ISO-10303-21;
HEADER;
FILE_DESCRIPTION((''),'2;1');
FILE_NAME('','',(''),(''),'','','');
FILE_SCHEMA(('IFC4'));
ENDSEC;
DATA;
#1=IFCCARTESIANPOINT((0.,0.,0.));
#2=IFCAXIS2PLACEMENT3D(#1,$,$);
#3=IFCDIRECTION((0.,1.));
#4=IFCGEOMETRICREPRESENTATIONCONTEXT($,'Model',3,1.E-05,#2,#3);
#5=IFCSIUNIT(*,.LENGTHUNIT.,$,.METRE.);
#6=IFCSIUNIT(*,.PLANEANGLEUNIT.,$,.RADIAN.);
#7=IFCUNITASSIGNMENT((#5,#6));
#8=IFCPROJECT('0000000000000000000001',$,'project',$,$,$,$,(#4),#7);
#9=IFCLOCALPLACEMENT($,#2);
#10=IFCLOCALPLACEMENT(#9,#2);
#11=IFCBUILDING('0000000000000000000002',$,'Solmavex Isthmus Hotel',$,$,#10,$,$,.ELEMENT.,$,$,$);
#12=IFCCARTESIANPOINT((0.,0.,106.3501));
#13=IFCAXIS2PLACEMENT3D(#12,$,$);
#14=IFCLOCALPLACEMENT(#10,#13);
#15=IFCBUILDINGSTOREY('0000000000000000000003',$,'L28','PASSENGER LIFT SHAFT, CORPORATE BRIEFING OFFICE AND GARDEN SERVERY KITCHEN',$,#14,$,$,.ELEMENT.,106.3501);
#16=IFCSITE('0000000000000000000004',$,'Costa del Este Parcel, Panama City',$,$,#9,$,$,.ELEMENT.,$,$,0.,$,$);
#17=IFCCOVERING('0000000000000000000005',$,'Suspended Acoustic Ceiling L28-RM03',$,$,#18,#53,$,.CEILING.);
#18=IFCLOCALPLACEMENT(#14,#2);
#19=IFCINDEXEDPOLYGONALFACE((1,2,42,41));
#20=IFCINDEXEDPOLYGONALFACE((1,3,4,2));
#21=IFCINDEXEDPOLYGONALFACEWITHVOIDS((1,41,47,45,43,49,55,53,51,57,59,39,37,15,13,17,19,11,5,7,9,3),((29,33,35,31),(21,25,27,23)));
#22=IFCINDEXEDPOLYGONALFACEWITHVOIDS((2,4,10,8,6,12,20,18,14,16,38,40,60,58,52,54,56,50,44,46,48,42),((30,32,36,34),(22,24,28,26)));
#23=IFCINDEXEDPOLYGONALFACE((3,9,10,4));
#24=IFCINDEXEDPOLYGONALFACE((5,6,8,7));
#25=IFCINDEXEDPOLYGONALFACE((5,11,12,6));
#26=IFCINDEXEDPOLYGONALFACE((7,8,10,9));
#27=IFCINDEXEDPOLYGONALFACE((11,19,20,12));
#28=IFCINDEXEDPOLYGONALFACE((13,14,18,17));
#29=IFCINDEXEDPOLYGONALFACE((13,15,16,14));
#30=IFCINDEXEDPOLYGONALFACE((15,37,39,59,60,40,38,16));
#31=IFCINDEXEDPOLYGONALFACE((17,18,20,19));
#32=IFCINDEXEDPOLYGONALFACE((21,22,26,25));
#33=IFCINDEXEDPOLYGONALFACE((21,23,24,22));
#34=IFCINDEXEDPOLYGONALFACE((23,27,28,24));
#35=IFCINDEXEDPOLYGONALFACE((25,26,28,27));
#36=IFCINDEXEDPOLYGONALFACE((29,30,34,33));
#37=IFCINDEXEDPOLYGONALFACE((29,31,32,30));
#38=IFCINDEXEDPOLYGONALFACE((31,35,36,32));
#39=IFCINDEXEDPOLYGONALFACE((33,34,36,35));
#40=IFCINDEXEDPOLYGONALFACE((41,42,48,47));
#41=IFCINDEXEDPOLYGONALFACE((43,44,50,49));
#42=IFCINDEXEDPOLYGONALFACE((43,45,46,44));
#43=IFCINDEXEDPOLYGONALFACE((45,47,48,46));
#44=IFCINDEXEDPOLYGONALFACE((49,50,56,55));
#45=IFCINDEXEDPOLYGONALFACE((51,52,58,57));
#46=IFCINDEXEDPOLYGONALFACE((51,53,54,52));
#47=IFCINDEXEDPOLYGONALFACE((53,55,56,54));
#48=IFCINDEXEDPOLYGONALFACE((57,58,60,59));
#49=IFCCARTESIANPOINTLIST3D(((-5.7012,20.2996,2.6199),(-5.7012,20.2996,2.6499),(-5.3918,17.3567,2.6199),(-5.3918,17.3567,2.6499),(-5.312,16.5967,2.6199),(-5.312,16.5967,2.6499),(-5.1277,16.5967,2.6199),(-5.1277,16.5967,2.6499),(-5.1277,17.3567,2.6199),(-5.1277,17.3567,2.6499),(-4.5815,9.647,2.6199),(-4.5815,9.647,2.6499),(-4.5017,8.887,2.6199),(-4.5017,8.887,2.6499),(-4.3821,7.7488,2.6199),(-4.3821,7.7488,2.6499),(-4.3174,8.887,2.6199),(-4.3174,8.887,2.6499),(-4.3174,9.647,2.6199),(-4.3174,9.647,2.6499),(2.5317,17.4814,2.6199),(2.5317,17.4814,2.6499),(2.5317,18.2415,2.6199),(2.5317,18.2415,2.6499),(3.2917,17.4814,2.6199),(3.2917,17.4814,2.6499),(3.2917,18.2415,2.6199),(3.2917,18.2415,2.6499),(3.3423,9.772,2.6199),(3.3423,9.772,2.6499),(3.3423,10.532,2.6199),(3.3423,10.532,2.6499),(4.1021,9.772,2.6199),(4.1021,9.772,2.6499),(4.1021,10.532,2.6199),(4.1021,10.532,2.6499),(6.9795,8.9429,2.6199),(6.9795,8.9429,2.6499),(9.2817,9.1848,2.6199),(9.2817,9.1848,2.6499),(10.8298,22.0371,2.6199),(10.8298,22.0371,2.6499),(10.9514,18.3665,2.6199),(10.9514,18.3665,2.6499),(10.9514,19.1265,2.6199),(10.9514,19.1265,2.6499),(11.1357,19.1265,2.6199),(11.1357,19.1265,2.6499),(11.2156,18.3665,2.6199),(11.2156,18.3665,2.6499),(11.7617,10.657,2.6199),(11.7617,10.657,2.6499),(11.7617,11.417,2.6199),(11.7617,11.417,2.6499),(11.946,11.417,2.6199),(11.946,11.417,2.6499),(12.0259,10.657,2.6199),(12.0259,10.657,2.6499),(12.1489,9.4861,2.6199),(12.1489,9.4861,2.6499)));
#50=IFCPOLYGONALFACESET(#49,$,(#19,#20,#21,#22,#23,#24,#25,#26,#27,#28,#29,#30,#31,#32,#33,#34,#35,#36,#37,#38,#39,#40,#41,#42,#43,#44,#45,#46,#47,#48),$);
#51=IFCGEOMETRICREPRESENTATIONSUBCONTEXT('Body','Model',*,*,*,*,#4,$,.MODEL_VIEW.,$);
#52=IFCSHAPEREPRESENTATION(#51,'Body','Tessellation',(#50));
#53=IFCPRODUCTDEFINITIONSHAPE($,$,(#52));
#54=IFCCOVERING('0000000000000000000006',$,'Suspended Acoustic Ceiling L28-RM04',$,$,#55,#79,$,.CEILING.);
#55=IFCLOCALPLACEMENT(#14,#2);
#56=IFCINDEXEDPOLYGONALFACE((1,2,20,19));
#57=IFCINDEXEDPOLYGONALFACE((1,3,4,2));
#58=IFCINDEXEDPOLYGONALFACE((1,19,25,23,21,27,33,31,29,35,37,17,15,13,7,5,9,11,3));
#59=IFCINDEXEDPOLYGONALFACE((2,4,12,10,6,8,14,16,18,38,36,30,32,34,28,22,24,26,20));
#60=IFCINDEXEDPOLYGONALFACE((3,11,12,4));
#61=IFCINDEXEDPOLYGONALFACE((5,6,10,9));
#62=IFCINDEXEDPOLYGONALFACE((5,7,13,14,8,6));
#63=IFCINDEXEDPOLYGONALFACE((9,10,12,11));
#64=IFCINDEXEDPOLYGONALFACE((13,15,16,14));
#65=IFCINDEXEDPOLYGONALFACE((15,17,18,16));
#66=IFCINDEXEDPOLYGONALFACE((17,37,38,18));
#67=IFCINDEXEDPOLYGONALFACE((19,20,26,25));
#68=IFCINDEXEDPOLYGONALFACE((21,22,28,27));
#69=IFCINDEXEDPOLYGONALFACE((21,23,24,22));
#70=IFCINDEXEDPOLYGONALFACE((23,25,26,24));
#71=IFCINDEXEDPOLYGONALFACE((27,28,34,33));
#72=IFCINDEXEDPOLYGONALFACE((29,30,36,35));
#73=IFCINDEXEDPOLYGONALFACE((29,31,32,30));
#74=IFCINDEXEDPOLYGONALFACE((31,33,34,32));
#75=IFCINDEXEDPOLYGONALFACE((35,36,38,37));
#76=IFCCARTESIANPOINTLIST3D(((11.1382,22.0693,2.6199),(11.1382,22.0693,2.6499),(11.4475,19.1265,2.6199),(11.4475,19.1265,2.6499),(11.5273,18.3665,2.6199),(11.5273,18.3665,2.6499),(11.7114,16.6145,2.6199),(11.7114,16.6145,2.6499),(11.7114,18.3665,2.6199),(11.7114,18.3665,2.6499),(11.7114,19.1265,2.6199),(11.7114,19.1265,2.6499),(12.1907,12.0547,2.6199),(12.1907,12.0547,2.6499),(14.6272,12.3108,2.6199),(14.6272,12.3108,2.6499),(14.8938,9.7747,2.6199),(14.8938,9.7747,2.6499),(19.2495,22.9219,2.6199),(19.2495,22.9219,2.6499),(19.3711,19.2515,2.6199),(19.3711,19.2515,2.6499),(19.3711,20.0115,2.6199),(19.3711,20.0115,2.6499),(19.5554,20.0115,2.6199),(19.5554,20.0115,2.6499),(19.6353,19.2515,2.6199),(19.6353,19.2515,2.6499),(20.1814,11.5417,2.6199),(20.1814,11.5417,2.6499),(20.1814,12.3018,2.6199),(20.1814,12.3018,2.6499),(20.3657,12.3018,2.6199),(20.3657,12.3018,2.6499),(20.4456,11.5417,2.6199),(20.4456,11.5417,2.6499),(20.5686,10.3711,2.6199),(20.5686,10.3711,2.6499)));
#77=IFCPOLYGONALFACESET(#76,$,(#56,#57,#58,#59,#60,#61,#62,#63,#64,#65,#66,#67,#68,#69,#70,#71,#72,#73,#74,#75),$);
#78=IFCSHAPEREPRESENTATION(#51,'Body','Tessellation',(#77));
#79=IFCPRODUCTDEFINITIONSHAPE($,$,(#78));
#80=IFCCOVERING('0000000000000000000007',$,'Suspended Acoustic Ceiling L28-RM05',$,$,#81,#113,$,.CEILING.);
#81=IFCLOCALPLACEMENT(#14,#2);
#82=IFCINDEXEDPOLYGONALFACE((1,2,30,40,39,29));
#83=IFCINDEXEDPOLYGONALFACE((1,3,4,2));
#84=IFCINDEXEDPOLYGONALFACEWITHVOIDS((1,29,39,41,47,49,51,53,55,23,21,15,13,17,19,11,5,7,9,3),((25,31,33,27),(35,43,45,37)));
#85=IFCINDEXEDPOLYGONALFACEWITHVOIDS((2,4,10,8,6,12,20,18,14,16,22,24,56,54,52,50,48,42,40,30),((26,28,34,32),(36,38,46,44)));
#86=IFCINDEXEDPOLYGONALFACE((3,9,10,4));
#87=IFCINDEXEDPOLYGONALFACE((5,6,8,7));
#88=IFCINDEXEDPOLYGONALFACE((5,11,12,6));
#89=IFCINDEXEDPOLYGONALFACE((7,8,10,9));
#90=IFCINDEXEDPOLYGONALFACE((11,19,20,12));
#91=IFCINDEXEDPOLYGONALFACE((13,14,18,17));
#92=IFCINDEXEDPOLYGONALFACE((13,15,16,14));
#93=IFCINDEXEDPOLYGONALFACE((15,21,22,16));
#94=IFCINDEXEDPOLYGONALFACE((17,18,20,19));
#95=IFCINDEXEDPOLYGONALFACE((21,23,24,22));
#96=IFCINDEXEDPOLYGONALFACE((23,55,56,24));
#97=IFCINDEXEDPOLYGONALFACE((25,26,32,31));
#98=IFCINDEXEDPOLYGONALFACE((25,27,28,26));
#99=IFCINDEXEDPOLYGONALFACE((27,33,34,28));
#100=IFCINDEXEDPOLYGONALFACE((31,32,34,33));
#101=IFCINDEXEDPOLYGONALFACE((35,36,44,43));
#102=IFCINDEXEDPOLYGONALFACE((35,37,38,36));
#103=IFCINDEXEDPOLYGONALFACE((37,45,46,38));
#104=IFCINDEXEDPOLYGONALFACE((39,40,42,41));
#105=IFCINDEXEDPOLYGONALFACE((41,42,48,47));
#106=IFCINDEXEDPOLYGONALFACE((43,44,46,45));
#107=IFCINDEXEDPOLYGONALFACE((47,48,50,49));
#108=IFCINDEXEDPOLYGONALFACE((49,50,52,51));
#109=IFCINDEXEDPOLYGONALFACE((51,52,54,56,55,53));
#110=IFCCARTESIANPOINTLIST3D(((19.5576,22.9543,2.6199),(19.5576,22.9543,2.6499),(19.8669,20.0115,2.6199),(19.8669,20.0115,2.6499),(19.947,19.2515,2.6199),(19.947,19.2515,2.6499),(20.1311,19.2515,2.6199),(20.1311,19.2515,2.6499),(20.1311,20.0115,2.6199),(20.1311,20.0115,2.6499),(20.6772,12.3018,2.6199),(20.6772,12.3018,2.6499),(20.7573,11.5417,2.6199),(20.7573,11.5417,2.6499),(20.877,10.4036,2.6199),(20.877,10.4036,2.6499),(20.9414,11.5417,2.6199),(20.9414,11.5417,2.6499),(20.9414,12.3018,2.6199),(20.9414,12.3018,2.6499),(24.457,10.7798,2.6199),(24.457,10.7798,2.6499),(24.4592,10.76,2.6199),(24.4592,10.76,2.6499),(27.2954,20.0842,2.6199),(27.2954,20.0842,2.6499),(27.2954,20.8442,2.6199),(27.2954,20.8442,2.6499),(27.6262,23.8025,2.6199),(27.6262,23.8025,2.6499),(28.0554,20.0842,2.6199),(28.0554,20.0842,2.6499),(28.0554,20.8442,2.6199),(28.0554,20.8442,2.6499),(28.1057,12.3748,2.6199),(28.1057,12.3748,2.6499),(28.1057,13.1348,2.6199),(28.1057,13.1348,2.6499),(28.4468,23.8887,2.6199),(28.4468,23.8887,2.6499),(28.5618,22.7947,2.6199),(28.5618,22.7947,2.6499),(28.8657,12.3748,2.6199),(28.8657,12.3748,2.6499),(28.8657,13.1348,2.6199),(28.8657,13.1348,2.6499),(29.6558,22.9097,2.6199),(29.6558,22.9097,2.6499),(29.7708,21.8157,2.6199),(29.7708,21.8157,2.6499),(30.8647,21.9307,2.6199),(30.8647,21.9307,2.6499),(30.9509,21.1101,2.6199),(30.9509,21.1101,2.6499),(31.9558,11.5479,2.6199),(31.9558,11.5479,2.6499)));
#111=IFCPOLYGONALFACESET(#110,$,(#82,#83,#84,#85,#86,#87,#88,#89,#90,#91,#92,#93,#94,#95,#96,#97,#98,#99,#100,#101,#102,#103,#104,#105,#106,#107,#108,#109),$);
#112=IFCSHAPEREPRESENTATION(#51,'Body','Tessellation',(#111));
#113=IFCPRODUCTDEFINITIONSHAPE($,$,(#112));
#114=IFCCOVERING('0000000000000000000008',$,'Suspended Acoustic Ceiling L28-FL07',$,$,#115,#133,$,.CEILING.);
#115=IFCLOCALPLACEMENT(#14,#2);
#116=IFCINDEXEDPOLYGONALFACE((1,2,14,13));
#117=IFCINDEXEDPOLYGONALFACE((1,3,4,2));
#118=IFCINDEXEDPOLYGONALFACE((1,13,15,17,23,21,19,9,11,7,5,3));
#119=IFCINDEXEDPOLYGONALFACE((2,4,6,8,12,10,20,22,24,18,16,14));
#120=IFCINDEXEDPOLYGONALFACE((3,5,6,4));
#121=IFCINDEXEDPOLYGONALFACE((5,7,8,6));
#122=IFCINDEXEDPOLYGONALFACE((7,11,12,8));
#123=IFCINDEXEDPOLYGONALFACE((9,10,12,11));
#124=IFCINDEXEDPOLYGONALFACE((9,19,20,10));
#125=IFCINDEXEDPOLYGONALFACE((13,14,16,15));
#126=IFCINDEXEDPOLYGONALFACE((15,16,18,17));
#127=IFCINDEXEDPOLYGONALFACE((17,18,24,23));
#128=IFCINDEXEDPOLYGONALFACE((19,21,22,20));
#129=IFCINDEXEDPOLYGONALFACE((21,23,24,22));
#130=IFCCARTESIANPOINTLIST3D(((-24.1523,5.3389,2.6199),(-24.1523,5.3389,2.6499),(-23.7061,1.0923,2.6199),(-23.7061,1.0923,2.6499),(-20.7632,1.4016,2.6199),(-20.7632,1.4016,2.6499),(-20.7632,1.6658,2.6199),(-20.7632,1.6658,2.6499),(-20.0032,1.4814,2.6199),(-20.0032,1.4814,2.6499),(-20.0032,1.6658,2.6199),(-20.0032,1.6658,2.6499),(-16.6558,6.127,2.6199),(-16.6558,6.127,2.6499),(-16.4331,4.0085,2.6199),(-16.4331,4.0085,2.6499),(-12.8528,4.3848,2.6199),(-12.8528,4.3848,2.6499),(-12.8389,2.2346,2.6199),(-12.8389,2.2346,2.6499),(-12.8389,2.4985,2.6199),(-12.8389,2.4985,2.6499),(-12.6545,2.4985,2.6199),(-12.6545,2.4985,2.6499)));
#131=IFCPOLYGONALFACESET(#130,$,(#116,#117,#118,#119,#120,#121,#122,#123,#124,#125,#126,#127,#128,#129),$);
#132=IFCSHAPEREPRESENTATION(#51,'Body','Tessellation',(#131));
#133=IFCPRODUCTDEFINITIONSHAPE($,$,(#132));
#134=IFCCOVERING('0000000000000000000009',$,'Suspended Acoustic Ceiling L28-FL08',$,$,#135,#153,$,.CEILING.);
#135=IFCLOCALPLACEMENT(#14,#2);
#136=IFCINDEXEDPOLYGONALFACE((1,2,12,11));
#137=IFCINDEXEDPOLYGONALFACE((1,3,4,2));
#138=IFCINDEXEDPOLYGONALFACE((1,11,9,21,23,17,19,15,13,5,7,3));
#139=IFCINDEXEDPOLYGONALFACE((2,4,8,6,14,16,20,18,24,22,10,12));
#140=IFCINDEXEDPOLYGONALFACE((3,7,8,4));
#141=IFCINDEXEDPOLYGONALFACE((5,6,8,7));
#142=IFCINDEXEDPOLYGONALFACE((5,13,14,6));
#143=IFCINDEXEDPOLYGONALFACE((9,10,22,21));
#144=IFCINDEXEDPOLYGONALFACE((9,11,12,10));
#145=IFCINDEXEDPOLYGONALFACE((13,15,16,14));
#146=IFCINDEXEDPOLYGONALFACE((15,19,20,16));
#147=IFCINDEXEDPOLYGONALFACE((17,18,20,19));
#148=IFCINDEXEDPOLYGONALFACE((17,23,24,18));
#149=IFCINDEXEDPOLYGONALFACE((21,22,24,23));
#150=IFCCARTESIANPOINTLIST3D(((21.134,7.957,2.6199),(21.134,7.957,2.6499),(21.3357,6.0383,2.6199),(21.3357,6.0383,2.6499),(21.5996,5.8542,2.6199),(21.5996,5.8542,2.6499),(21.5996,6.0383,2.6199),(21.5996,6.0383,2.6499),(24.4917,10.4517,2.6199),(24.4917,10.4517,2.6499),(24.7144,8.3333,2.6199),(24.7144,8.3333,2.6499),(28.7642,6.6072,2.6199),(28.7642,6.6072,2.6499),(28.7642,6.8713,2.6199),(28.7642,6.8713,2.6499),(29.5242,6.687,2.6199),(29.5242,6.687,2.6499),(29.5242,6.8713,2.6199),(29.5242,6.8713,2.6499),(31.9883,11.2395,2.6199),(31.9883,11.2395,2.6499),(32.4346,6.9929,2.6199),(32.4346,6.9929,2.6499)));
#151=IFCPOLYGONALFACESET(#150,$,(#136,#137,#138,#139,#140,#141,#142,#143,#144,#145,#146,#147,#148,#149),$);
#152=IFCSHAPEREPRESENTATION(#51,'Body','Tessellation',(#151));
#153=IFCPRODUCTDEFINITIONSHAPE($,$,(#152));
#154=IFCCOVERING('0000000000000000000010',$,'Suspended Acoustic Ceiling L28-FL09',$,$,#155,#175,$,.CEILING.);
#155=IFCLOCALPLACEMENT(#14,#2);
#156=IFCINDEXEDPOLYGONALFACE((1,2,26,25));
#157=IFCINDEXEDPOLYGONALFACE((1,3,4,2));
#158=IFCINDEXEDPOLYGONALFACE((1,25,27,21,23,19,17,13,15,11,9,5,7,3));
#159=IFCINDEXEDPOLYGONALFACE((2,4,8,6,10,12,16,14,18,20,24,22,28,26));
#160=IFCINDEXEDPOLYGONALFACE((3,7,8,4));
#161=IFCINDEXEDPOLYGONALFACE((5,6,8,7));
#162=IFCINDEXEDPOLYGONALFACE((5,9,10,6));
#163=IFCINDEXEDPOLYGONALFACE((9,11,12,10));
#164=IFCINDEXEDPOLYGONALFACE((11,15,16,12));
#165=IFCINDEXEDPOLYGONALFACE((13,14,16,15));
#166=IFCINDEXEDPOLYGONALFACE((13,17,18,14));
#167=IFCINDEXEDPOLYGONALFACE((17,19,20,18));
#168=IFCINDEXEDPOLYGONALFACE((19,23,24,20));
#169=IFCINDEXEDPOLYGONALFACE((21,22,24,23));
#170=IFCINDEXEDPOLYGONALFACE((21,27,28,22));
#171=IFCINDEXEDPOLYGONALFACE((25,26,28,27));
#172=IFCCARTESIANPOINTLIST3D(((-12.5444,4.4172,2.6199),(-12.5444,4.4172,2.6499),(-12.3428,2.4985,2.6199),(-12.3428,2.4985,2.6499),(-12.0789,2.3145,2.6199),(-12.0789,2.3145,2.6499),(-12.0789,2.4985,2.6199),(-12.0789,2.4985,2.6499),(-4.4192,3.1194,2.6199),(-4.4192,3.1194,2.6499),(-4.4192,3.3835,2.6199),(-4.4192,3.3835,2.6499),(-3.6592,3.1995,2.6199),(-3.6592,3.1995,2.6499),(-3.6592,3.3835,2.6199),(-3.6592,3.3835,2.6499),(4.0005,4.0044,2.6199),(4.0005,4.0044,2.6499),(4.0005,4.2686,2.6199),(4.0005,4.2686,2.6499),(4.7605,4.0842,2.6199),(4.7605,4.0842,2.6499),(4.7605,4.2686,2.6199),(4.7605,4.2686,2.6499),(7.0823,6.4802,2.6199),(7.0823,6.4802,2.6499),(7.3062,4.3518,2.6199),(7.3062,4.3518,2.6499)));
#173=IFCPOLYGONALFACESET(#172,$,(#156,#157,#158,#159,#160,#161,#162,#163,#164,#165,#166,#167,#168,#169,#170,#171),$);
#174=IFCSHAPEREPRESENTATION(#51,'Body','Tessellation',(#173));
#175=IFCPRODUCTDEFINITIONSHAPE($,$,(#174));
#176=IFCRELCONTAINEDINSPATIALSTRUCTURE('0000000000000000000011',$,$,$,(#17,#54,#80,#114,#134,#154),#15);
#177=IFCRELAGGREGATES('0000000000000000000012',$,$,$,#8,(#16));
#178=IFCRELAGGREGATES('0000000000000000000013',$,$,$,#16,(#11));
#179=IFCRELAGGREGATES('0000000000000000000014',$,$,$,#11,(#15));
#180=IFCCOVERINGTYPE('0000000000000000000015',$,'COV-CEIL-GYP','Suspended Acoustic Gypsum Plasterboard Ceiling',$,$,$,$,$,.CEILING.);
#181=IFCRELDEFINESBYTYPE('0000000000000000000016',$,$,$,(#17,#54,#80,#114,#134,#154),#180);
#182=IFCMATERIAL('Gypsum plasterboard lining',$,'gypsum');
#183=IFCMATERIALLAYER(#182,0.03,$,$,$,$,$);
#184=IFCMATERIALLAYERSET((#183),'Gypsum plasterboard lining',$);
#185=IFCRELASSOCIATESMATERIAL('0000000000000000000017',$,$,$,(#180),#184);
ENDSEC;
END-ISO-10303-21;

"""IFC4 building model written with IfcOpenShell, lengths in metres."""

from ifc_helpers import new_model, si_unit, direction, frame, origin, place, context, subcontext, project, spatial, polyline, outline, extrude, material, layer, layer_set, type_object, element, save


model = new_model("IFC4")

# Units and contexts
model_context = context("Model", 3, precision=1e-05, world=origin(), true_north=direction((0.0, 1.0)))
body_context = subcontext(model_context, "Body", "Model", "MODEL_VIEW")
ifc_project = project(units=[si_unit("LENGTHUNIT", "METRE"), si_unit("PLANEANGLEUNIT", "RADIAN")], contexts=[model_context])

# Site, building, storey
site_placement = place(None, origin())
site = spatial("IfcSite", under=ifc_project, at=site_placement, Name="Costa del Este Parcel, Panama City", CompositionType="ELEMENT", RefElevation=0.0)
building_placement = place(site_placement, origin())
building = spatial("IfcBuilding", under=site, at=building_placement, Name="Solmavex Isthmus Hotel", CompositionType="ELEMENT")
storey_placement = place(building_placement, frame((0.0, 0.0, 106.3501)))
storey = spatial("IfcBuildingStorey", under=building, at=storey_placement, Name="L28", Description="PASSENGER LIFT SHAFT, CORPORATE BRIEFING OFFICE AND GARDEN SERVERY KITCHEN", CompositionType="ELEMENT", Elevation=106.3501)

# Coverings
ifc_material_1 = material(Name="Gypsum plasterboard lining", Category="gypsum")
ifc_layer_1 = layer(ifc_material_1, 0.03)
ifc_layer_set_1 = layer_set([ifc_layer_1], Name="Gypsum plasterboard lining")
covering_type_1 = type_object("IfcCoveringType", Name="COV-CEIL-GYP", Description="Suspended Acoustic Gypsum Plasterboard Ceiling", PredefinedType="CEILING", material=ifc_layer_set_1)
covering_1_placement = place(storey_placement, frame((0.0, 0.0, 2.6199)))
element("IfcCovering", 1, at=covering_1_placement, inside=storey, type_object=covering_type_1, Name="Suspended Acoustic Ceiling L28-RM03", PredefinedType="CEILING", context=body_context, shape_type="SweptSolid", body=[
    extrude(outline(polyline([(-4.5815, 9.647), (-4.3174, 9.647), (-4.3174, 8.887), (-4.5017, 8.887), (-4.3821, 7.7488), (6.9795, 8.9429), (9.2817, 9.1848), (12.1489, 9.4861), (12.0259, 10.657), (11.7617, 10.657), (11.7617, 11.417), (11.946, 11.417), (11.2156, 18.3665), (10.9514, 18.3665), (10.9514, 19.1265), (11.1357, 19.1265), (10.8298, 22.0371), (-5.7012, 20.2996), (-5.3918, 17.3567), (-5.1277, 17.3567), (-5.1277, 16.5967), (-5.312, 16.5967), (-4.5815, 9.647)]), holes=[polyline([(3.3423, 9.772), (3.3423, 10.532), (4.1021, 10.532), (4.1021, 9.772), (3.3423, 9.772)]), polyline([(2.5317, 17.4814), (2.5317, 18.2415), (3.2917, 18.2415), (3.2917, 17.4814), (2.5317, 17.4814)])]), origin(), (0.0, 0.0, 1.0), 0.03),
])
covering_2_placement = place(storey_placement, frame((0.0, 0.0, 2.6199)))
element("IfcCovering", 2, at=covering_2_placement, inside=storey, type_object=covering_type_1, Name="Suspended Acoustic Ceiling L28-RM04", PredefinedType="CEILING", context=body_context, shape_type="SweptSolid", body=[
    extrude(outline(polyline([(11.4475, 19.1265), (11.7114, 19.1265), (11.7114, 18.3665), (11.5273, 18.3665), (11.7114, 16.6145), (12.1907, 12.0547), (14.6272, 12.3108), (14.8938, 9.7747), (20.5686, 10.3711), (20.4456, 11.5417), (20.1814, 11.5417), (20.1814, 12.3018), (20.3657, 12.3018), (19.6353, 19.2515), (19.3711, 19.2515), (19.3711, 20.0115), (19.5554, 20.0115), (19.2495, 22.9219), (11.1382, 22.0693), (11.4475, 19.1265)])), origin(), (0.0, 0.0, 1.0), 0.03),
])
covering_3_placement = place(storey_placement, frame((0.0, 0.0, 2.6199)))
element("IfcCovering", 3, at=covering_3_placement, inside=storey, type_object=covering_type_1, Name="Suspended Acoustic Ceiling L28-RM05", PredefinedType="CEILING", context=body_context, shape_type="SweptSolid", body=[
    extrude(outline(polyline([(20.6772, 12.3018), (20.9414, 12.3018), (20.9414, 11.5417), (20.7573, 11.5417), (20.877, 10.4036), (24.457, 10.7798), (24.4592, 10.76), (31.9558, 11.5479), (30.9509, 21.1101), (30.8647, 21.9307), (29.7708, 21.8157), (29.6558, 22.9097), (28.5618, 22.7947), (28.4468, 23.8887), (27.6262, 23.8025), (19.5576, 22.9543), (19.8669, 20.0115), (20.1311, 20.0115), (20.1311, 19.2515), (19.947, 19.2515), (20.6772, 12.3018)]), holes=[polyline([(28.1057, 12.3748), (28.1057, 13.1348), (28.8657, 13.1348), (28.8657, 12.3748), (28.1057, 12.3748)]), polyline([(27.2954, 20.8442), (28.0554, 20.8442), (28.0554, 20.0842), (27.2954, 20.0842), (27.2954, 20.8442)])]), origin(), (0.0, 0.0, 1.0), 0.03),
])
covering_4_placement = place(storey_placement, frame((0.0, 0.0, 2.6199)))
element("IfcCovering", 4, at=covering_4_placement, inside=storey, type_object=covering_type_1, Name="Suspended Acoustic Ceiling L28-FL07", PredefinedType="CEILING", context=body_context, shape_type="SweptSolid", body=[
    extrude(outline(polyline([(-12.8389, 2.2346), (-12.8389, 2.4985), (-12.6545, 2.4985), (-12.8528, 4.3848), (-16.4331, 4.0085), (-16.6558, 6.127), (-24.1523, 5.3389), (-23.7061, 1.0923), (-20.7632, 1.4016), (-20.7632, 1.6658), (-20.0032, 1.6658), (-20.0032, 1.4814), (-12.8389, 2.2346)])), origin(), (0.0, 0.0, 1.0), 0.03),
])
covering_5_placement = place(storey_placement, frame((0.0, 0.0, 2.6199)))
element("IfcCovering", 5, at=covering_5_placement, inside=storey, type_object=covering_type_1, Name="Suspended Acoustic Ceiling L28-FL08", PredefinedType="CEILING", context=body_context, shape_type="SweptSolid", body=[
    extrude(outline(polyline([(28.7642, 6.6072), (28.7642, 6.8713), (29.5242, 6.8713), (29.5242, 6.687), (32.4346, 6.9929), (31.9883, 11.2395), (24.4917, 10.4517), (24.7144, 8.3333), (21.134, 7.957), (21.3357, 6.0383), (21.5996, 6.0383), (21.5996, 5.8542), (28.7642, 6.6072)])), origin(), (0.0, 0.0, 1.0), 0.03),
])
covering_6_placement = place(storey_placement, frame((0.0, 0.0, 2.6199)))
element("IfcCovering", 6, at=covering_6_placement, inside=storey, type_object=covering_type_1, Name="Suspended Acoustic Ceiling L28-FL09", PredefinedType="CEILING", context=body_context, shape_type="SweptSolid", body=[
    extrude(outline(polyline([(4.0005, 4.0044), (4.0005, 4.2686), (4.7605, 4.2686), (4.7605, 4.0842), (7.3062, 4.3518), (7.0823, 6.4802), (-12.5444, 4.4172), (-12.3428, 2.4985), (-12.0789, 2.4985), (-12.0789, 2.3145), (-4.4192, 3.1194), (-4.4192, 3.3835), (-3.6592, 3.3835), (-3.6592, 3.1995), (4.0005, 4.0044)])), origin(), (0.0, 0.0, 1.0), 0.03),
])

save(model, "model.ifc")
